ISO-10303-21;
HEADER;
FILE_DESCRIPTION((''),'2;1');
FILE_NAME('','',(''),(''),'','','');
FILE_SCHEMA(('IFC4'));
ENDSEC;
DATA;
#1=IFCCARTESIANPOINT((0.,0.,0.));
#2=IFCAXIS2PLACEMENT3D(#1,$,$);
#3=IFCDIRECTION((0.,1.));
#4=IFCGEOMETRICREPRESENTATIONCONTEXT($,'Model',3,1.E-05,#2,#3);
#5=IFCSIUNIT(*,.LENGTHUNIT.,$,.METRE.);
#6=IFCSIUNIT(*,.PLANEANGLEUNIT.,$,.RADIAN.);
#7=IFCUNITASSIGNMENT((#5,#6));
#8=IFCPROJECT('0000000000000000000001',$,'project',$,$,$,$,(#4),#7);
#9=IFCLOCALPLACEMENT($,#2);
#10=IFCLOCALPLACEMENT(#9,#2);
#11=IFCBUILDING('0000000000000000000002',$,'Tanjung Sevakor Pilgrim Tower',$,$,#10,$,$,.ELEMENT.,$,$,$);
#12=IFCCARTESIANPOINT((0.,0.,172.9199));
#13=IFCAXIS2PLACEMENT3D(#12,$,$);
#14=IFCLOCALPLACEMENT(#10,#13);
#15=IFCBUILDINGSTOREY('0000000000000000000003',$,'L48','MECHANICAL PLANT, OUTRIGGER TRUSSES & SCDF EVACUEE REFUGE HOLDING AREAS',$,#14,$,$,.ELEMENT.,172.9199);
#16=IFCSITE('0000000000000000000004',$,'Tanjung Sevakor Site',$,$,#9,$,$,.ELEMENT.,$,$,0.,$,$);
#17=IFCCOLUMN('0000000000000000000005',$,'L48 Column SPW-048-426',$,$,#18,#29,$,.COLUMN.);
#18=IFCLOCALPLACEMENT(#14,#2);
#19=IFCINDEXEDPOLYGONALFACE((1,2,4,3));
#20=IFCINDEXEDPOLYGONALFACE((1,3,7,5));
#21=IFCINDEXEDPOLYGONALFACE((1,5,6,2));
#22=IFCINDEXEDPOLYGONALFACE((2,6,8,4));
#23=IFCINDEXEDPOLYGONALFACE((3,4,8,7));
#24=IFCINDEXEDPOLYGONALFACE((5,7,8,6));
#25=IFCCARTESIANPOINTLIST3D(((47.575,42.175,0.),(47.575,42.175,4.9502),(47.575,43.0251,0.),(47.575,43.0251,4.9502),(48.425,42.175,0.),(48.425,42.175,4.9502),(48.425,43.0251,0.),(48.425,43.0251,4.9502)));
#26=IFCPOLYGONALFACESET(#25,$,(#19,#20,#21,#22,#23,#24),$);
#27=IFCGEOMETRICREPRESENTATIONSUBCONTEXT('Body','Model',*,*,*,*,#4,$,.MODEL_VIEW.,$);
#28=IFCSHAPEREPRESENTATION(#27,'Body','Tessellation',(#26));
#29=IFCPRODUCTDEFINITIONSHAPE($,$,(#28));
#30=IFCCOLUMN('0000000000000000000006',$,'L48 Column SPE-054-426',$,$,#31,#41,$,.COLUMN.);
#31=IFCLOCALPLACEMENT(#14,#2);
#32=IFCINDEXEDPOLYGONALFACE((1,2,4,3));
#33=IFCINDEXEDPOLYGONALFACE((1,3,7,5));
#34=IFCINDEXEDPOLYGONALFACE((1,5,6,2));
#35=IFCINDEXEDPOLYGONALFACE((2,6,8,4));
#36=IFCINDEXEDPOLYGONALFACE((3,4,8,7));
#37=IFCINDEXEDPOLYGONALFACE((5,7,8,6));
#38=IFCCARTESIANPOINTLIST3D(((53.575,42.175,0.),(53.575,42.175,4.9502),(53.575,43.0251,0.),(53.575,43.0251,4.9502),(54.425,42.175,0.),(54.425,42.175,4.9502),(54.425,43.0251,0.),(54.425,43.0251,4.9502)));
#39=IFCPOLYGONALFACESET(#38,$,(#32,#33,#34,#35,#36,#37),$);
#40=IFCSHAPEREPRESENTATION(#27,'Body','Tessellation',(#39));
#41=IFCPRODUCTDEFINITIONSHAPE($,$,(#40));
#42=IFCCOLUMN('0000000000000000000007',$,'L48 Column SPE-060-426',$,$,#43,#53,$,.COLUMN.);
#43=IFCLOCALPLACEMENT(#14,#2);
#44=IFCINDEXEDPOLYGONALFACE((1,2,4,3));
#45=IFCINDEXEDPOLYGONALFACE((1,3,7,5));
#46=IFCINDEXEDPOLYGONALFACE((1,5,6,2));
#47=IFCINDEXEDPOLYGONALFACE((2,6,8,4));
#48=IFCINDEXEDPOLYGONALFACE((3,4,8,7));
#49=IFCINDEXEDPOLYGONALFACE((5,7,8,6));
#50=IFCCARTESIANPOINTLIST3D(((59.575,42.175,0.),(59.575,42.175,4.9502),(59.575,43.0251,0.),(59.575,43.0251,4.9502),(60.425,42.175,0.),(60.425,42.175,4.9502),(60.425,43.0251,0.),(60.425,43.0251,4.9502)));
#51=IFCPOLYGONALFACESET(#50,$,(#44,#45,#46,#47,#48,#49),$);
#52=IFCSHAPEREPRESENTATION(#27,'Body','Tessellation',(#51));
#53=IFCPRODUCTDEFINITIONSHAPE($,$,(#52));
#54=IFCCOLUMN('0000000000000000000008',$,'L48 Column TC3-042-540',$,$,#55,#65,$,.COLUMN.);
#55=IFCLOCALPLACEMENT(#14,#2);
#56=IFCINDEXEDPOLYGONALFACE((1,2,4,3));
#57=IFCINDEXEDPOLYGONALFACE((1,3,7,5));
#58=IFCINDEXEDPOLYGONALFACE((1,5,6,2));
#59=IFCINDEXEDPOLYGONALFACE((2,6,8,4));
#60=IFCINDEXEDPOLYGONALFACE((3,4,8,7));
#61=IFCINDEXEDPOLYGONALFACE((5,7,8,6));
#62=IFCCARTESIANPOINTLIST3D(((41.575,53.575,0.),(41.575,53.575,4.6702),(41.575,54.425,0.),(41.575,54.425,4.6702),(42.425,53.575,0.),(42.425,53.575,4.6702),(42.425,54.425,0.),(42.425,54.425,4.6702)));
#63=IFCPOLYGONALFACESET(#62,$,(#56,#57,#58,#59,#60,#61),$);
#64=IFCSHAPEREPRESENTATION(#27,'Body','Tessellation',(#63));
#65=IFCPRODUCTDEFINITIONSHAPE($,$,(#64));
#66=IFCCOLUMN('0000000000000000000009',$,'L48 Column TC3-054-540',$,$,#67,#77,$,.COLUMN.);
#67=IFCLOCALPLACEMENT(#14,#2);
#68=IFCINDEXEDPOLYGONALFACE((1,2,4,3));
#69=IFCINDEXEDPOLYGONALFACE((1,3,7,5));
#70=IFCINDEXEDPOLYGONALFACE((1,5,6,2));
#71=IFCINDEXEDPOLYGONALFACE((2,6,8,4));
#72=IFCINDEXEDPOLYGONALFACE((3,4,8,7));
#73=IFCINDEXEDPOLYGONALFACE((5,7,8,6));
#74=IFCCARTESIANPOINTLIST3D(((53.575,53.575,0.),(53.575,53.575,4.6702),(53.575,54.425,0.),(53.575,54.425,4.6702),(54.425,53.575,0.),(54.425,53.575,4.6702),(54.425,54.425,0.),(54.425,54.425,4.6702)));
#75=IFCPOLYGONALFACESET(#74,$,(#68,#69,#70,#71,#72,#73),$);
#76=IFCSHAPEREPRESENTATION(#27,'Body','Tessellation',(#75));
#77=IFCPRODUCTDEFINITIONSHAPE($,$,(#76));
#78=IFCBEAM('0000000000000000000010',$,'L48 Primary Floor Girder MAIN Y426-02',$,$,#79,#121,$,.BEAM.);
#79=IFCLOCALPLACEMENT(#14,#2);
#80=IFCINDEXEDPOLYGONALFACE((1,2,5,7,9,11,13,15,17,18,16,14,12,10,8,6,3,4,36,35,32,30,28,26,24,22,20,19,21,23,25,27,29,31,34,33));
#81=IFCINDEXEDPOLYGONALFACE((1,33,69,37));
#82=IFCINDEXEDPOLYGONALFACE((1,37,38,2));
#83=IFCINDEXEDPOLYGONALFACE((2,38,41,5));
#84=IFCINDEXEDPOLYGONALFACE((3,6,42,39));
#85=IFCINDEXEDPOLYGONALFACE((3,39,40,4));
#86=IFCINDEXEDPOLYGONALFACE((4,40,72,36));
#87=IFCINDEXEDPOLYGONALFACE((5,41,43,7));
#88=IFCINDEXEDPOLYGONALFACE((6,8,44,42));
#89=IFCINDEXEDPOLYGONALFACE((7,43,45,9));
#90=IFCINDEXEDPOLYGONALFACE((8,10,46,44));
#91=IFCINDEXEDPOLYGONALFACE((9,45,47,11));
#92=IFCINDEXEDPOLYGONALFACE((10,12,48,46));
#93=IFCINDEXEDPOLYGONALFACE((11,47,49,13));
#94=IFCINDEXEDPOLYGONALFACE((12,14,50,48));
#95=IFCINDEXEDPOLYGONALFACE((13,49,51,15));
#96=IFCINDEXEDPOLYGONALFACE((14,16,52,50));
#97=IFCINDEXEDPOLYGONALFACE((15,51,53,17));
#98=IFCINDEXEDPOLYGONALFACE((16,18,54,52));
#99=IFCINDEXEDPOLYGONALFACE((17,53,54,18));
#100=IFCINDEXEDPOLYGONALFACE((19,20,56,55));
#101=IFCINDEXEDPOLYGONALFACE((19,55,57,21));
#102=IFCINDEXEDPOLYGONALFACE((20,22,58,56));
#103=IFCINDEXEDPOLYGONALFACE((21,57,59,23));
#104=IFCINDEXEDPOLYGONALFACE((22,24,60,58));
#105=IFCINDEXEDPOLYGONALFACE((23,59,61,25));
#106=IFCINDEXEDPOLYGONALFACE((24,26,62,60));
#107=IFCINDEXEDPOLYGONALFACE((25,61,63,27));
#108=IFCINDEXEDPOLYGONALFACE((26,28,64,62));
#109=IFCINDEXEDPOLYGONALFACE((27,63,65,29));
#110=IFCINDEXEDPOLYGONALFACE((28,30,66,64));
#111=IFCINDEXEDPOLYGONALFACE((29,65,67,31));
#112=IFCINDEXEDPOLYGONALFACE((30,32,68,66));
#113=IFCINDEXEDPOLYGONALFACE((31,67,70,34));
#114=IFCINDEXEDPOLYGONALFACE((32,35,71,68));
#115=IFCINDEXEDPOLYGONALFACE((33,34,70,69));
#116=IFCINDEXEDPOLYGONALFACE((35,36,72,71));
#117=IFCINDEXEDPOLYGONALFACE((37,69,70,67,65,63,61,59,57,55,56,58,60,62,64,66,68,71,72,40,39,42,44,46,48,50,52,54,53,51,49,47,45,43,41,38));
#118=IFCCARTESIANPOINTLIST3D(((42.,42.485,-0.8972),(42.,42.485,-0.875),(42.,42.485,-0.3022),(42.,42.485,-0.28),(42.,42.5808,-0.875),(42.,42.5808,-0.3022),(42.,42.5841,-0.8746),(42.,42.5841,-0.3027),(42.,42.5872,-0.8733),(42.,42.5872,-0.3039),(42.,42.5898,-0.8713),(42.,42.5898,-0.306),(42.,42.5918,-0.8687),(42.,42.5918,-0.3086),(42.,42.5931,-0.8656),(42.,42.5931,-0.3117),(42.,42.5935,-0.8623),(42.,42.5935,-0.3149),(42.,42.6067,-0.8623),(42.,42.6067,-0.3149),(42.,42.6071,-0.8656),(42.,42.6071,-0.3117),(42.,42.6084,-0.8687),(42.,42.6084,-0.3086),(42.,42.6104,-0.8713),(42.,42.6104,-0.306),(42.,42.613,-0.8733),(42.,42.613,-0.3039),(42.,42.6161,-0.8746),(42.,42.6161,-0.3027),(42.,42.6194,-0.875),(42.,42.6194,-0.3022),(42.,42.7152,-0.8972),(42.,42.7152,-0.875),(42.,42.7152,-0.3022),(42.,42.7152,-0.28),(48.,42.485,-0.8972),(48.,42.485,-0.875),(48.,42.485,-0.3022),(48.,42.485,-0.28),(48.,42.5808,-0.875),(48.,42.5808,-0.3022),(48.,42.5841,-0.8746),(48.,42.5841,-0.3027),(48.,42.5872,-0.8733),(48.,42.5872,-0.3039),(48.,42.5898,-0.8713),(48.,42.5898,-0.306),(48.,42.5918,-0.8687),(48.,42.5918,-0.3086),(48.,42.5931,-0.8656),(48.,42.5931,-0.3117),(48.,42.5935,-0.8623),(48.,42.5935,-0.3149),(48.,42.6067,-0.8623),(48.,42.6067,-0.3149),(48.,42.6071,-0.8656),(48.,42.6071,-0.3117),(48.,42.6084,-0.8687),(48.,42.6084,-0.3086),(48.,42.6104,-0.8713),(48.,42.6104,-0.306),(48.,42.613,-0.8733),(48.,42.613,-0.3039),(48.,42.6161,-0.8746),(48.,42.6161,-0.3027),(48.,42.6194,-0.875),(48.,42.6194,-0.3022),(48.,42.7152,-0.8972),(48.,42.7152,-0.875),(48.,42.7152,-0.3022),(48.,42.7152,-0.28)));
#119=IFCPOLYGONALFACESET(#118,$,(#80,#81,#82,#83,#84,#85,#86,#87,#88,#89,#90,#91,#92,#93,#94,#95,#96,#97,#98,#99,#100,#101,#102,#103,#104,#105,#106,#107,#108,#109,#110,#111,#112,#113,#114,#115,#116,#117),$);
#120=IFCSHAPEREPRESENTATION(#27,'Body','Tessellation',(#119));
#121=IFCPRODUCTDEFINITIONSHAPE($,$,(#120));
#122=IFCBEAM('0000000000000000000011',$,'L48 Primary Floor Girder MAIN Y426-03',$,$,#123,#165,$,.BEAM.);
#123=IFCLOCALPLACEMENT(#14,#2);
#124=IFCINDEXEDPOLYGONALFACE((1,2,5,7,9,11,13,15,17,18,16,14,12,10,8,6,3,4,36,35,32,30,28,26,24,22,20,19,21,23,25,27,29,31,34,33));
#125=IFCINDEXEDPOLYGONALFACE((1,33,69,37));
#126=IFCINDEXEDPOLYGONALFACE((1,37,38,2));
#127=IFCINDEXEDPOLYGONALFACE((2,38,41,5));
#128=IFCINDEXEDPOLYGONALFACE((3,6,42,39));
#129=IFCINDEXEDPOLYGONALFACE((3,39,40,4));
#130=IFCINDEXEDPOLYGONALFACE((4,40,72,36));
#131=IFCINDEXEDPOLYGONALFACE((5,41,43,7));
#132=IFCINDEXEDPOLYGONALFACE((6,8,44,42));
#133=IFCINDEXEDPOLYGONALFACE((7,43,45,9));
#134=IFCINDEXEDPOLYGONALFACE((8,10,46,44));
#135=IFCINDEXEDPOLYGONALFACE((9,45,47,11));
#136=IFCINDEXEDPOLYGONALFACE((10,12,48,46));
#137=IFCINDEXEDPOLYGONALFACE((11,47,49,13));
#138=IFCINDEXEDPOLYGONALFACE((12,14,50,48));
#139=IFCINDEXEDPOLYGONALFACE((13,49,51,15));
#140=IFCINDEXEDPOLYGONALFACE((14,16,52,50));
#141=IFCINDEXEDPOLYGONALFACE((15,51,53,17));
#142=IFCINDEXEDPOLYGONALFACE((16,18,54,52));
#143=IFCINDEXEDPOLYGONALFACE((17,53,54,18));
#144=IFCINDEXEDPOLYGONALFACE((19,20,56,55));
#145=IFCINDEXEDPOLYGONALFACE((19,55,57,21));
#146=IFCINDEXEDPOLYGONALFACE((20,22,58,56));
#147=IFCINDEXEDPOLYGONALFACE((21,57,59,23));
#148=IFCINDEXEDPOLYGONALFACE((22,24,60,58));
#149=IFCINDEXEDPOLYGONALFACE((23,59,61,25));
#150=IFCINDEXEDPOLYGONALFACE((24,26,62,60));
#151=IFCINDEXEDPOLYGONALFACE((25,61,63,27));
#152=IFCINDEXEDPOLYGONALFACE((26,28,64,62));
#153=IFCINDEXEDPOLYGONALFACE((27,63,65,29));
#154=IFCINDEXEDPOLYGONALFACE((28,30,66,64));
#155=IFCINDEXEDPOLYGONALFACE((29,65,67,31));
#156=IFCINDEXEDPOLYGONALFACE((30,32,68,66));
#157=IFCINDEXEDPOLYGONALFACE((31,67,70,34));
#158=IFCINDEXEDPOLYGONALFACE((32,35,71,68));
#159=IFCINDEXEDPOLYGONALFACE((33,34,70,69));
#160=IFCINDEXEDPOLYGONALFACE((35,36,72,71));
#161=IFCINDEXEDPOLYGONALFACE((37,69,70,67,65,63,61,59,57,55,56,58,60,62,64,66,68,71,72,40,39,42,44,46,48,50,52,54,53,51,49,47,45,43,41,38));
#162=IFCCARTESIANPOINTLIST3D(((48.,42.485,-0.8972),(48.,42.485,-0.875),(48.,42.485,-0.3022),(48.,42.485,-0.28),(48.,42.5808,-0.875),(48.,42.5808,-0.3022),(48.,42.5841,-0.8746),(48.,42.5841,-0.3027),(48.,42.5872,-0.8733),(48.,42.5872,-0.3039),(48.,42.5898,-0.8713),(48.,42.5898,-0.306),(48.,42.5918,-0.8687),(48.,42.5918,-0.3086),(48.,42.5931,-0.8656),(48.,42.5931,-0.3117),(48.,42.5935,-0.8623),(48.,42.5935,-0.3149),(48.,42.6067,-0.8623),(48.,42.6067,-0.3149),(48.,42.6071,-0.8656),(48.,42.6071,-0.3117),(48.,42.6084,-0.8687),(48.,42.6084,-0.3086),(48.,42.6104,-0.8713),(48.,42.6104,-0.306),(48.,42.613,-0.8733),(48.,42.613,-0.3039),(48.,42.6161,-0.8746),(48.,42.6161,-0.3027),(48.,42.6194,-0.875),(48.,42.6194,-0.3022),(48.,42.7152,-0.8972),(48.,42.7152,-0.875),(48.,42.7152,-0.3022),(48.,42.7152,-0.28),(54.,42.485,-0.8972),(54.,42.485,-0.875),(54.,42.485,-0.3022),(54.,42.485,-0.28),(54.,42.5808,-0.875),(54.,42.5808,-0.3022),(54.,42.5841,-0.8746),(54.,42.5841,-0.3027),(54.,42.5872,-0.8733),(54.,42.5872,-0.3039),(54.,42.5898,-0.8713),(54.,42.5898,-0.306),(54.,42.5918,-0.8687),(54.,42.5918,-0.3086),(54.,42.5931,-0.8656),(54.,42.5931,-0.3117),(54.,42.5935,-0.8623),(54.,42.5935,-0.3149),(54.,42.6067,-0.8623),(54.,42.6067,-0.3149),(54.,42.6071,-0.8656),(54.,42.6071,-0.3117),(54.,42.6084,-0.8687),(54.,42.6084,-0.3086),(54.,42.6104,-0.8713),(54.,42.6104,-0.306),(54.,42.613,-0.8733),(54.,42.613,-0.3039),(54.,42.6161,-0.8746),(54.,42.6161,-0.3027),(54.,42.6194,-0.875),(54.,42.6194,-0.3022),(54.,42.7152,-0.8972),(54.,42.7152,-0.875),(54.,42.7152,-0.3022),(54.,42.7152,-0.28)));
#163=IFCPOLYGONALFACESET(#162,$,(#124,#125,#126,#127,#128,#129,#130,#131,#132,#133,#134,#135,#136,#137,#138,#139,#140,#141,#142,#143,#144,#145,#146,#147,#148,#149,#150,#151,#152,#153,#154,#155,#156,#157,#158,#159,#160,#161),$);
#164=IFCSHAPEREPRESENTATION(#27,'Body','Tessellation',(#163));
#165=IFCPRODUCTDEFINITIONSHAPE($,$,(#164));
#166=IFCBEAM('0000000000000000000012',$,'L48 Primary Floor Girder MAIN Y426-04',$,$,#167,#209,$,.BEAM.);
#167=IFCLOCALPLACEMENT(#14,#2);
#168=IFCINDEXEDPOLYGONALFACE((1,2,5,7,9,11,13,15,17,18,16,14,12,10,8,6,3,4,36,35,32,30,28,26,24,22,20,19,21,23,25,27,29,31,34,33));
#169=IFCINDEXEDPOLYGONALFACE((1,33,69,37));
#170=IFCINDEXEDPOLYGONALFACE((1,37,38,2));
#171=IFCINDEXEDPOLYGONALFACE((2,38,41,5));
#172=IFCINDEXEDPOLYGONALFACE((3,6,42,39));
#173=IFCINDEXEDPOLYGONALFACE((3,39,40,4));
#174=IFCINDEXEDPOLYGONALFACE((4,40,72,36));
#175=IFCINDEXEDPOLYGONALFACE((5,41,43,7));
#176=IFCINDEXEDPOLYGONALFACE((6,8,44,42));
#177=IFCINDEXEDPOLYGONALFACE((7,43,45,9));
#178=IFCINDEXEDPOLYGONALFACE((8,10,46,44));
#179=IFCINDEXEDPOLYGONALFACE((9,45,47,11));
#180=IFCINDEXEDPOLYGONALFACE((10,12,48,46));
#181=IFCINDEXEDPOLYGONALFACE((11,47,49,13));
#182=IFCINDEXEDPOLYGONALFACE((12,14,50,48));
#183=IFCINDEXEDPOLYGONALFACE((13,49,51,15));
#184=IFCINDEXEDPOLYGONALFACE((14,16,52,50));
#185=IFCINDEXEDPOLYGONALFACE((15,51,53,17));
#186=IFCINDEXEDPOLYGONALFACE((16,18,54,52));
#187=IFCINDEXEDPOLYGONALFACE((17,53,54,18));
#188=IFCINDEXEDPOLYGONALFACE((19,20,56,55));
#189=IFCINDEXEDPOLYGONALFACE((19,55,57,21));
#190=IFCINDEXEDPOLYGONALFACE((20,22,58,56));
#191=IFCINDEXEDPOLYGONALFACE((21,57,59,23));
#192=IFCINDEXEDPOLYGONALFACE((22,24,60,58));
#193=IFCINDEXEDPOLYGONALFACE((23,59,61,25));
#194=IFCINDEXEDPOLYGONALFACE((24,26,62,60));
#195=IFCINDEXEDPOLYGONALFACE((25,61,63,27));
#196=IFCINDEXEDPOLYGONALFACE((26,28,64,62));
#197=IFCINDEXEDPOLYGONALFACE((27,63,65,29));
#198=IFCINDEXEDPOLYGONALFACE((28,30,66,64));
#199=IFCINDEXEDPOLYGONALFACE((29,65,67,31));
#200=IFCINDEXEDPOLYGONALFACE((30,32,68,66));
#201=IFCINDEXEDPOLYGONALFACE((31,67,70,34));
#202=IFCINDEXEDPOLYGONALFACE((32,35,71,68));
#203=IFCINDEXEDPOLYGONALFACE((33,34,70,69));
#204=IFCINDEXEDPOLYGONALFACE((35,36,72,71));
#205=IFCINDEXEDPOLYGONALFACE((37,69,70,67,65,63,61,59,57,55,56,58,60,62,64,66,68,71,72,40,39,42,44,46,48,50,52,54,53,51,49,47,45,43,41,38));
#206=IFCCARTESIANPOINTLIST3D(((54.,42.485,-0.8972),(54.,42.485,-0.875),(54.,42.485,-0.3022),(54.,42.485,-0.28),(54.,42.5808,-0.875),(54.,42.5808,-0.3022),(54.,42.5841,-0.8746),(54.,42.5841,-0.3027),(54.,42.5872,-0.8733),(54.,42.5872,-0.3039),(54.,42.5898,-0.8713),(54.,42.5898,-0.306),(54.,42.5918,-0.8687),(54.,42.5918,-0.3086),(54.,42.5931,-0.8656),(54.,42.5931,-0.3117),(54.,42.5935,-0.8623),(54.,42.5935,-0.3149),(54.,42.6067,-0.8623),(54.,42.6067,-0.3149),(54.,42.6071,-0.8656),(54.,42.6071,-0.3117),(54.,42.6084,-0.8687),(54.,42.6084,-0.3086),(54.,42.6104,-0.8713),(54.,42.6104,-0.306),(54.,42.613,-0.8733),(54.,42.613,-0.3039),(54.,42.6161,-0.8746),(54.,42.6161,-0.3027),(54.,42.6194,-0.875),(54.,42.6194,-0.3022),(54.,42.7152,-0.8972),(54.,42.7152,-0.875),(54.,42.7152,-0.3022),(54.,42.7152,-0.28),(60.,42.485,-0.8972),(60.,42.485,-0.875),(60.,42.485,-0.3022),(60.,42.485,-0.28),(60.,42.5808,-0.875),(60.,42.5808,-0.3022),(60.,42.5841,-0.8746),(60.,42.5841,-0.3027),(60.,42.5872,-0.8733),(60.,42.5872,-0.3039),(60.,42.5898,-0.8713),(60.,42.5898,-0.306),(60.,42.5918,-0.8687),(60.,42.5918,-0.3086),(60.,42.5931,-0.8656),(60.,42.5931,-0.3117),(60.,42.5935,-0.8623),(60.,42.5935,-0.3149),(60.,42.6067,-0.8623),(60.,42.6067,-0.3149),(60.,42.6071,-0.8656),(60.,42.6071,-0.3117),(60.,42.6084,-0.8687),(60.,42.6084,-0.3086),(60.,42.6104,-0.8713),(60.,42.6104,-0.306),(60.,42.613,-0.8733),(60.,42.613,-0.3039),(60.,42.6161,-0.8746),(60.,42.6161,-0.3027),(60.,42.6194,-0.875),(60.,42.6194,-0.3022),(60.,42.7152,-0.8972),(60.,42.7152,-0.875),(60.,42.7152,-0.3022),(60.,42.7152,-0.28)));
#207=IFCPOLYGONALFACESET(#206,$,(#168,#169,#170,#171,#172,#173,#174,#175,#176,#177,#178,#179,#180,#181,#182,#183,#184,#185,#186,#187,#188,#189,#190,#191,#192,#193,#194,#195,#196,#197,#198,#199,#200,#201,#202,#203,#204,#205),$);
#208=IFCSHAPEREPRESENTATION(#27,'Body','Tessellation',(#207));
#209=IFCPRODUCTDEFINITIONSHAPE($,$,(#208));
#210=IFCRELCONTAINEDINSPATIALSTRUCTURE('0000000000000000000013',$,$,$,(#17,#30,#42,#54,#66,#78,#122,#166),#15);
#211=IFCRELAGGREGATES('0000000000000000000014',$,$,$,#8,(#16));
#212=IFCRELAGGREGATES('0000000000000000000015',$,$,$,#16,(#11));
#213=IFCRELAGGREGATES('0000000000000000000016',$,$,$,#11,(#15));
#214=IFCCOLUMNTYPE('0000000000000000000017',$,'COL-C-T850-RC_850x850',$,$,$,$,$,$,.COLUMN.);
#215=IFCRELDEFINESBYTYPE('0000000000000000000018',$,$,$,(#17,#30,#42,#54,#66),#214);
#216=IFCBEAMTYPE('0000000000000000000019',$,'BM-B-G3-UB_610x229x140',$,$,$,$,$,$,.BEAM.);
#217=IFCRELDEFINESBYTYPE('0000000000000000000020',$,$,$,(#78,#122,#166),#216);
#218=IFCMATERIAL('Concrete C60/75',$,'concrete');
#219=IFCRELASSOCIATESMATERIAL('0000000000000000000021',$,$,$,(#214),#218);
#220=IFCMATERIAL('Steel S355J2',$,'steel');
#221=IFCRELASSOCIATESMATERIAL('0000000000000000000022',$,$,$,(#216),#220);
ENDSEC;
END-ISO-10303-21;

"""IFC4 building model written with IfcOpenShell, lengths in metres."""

from ifc_helpers import new_model, si_unit, direction, frame, origin, origin_2d, place, context, subcontext, project, spatial, rectangle, i_section, extrude, material, material_profile, profile_set, type_object, element, save


model = new_model("IFC4")

# Units and contexts
model_context = context("Model", 3, precision=1e-05, world=origin(), true_north=direction((0.0, 1.0)))
body_context = subcontext(model_context, "Body", "Model", "MODEL_VIEW")
ifc_project = project(units=[si_unit("LENGTHUNIT", "METRE"), si_unit("PLANEANGLEUNIT", "RADIAN")], contexts=[model_context])

# Site, building, storey
site_placement = place(None, origin())
site = spatial("IfcSite", under=ifc_project, at=site_placement, Name="Tanjung Sevakor Site", CompositionType="ELEMENT", RefElevation=0.0)
building_placement = place(site_placement, origin())
building = spatial("IfcBuilding", under=site, at=building_placement, Name="Tanjung Sevakor Pilgrim Tower", CompositionType="ELEMENT")
storey_placement = place(building_placement, frame((0.0, 0.0, 172.9199)))
storey = spatial("IfcBuildingStorey", under=building, at=storey_placement, Name="L48", Description="MECHANICAL PLANT, OUTRIGGER TRUSSES & SCDF EVACUEE REFUGE HOLDING AREAS", CompositionType="ELEMENT", Elevation=172.9199)

# Columns
ifc_material_1 = material(Name="Concrete C60/75", Category="concrete")
ifc_material_profile_1 = material_profile(ifc_material_1, rectangle(XDim=0.8501, YDim=0.8501, at=origin_2d()))
ifc_profile_set_1 = profile_set([ifc_material_profile_1], Name="Concrete C60/75")
column_type = type_object("IfcColumnType", Name="COL-C-T850-RC_850x850", PredefinedType="COLUMN", material=ifc_profile_set_1)
for number, where, z_axis, x_axis, name in (
    (1, (48.0, 42.6001, 0.0), (0.0, 0.0, 1.0), (1.0, 0.0, 0.0), "L48 Column SPW-048-426"),
    (2, (54.0, 42.6001, 0.0), (0.0, 0.0, 1.0), (1.0, 0.0, 0.0), "L48 Column SPE-054-426"),
    (3, (60.0, 42.6001, 0.0), (0.0, 0.0, 1.0), (1.0, 0.0, 0.0), "L48 Column SPE-060-426"),
):
    element("IfcColumn", number, at=place(storey_placement, frame(where, z_axis=z_axis, x_axis=x_axis)), inside=storey, type_object=column_type, Name=name, PredefinedType="COLUMN", context=body_context, shape_type="SweptSolid", body=[
        extrude(rectangle(XDim=0.8501, YDim=0.8501, at=origin_2d()), origin(), (0.0, 0.0, 1.0), 4.9502),
    ])
for number, where, z_axis, x_axis, name in (
    (4, (42.0, 54.0, 0.0), (0.0, 0.0, 1.0), (1.0, 0.0, 0.0), "L48 Column TC3-042-540"),
    (5, (54.0, 54.0, 0.0), (0.0, 0.0, 1.0), (1.0, 0.0, 0.0), "L48 Column TC3-054-540"),
):
    element("IfcColumn", number, at=place(storey_placement, frame(where, z_axis=z_axis, x_axis=x_axis)), inside=storey, type_object=column_type, Name=name, PredefinedType="COLUMN", context=body_context, shape_type="SweptSolid", body=[
        extrude(rectangle(XDim=0.8501, YDim=0.8501, at=origin_2d()), origin(), (0.0, 0.0, 1.0), 4.6702),
    ])

# Beams
ifc_material_2 = material(Name="Steel S355J2", Category="steel")
ifc_material_profile_2 = material_profile(ifc_material_2, i_section(OverallWidth=0.2302, OverallDepth=0.6172, WebThickness=0.0132, FlangeThickness=0.0222, FilletRadius=0.0127, at=origin_2d()))
ifc_profile_set_2 = profile_set([ifc_material_profile_2], Name="Steel S355J2")
beam_type_1 = type_object("IfcBeamType", Name="BM-B-G3-UB_610x229x140", PredefinedType="BEAM", material=ifc_profile_set_2)
for number, where, z_axis, x_axis, name in (
    (6, (42.0, 42.6001, -0.5886), (1.0, 0.0, 0.0), (0.0, 1.0, 0.0), "L48 Primary Floor Girder MAIN Y426-02"),
    (7, (48.0, 42.6001, -0.5886), (1.0, 0.0, 0.0), (0.0, 1.0, 0.0), "L48 Primary Floor Girder MAIN Y426-03"),
    (8, (54.0, 42.6001, -0.5886), (1.0, 0.0, 0.0), (0.0, 1.0, 0.0), "L48 Primary Floor Girder MAIN Y426-04"),
):
    element("IfcBeam", number, at=place(storey_placement, frame(where, z_axis=z_axis, x_axis=x_axis)), inside=storey, type_object=beam_type_1, Name=name, PredefinedType="BEAM", context=body_context, shape_type="SweptSolid", body=[
        extrude(i_section(OverallWidth=0.2302, OverallDepth=0.6172, WebThickness=0.0132, FlangeThickness=0.0222, FilletRadius=0.0127, at=origin_2d()), origin(), (0.0, 0.0, 1.0), 6.0),
    ])

save(model, "model.ifc")
